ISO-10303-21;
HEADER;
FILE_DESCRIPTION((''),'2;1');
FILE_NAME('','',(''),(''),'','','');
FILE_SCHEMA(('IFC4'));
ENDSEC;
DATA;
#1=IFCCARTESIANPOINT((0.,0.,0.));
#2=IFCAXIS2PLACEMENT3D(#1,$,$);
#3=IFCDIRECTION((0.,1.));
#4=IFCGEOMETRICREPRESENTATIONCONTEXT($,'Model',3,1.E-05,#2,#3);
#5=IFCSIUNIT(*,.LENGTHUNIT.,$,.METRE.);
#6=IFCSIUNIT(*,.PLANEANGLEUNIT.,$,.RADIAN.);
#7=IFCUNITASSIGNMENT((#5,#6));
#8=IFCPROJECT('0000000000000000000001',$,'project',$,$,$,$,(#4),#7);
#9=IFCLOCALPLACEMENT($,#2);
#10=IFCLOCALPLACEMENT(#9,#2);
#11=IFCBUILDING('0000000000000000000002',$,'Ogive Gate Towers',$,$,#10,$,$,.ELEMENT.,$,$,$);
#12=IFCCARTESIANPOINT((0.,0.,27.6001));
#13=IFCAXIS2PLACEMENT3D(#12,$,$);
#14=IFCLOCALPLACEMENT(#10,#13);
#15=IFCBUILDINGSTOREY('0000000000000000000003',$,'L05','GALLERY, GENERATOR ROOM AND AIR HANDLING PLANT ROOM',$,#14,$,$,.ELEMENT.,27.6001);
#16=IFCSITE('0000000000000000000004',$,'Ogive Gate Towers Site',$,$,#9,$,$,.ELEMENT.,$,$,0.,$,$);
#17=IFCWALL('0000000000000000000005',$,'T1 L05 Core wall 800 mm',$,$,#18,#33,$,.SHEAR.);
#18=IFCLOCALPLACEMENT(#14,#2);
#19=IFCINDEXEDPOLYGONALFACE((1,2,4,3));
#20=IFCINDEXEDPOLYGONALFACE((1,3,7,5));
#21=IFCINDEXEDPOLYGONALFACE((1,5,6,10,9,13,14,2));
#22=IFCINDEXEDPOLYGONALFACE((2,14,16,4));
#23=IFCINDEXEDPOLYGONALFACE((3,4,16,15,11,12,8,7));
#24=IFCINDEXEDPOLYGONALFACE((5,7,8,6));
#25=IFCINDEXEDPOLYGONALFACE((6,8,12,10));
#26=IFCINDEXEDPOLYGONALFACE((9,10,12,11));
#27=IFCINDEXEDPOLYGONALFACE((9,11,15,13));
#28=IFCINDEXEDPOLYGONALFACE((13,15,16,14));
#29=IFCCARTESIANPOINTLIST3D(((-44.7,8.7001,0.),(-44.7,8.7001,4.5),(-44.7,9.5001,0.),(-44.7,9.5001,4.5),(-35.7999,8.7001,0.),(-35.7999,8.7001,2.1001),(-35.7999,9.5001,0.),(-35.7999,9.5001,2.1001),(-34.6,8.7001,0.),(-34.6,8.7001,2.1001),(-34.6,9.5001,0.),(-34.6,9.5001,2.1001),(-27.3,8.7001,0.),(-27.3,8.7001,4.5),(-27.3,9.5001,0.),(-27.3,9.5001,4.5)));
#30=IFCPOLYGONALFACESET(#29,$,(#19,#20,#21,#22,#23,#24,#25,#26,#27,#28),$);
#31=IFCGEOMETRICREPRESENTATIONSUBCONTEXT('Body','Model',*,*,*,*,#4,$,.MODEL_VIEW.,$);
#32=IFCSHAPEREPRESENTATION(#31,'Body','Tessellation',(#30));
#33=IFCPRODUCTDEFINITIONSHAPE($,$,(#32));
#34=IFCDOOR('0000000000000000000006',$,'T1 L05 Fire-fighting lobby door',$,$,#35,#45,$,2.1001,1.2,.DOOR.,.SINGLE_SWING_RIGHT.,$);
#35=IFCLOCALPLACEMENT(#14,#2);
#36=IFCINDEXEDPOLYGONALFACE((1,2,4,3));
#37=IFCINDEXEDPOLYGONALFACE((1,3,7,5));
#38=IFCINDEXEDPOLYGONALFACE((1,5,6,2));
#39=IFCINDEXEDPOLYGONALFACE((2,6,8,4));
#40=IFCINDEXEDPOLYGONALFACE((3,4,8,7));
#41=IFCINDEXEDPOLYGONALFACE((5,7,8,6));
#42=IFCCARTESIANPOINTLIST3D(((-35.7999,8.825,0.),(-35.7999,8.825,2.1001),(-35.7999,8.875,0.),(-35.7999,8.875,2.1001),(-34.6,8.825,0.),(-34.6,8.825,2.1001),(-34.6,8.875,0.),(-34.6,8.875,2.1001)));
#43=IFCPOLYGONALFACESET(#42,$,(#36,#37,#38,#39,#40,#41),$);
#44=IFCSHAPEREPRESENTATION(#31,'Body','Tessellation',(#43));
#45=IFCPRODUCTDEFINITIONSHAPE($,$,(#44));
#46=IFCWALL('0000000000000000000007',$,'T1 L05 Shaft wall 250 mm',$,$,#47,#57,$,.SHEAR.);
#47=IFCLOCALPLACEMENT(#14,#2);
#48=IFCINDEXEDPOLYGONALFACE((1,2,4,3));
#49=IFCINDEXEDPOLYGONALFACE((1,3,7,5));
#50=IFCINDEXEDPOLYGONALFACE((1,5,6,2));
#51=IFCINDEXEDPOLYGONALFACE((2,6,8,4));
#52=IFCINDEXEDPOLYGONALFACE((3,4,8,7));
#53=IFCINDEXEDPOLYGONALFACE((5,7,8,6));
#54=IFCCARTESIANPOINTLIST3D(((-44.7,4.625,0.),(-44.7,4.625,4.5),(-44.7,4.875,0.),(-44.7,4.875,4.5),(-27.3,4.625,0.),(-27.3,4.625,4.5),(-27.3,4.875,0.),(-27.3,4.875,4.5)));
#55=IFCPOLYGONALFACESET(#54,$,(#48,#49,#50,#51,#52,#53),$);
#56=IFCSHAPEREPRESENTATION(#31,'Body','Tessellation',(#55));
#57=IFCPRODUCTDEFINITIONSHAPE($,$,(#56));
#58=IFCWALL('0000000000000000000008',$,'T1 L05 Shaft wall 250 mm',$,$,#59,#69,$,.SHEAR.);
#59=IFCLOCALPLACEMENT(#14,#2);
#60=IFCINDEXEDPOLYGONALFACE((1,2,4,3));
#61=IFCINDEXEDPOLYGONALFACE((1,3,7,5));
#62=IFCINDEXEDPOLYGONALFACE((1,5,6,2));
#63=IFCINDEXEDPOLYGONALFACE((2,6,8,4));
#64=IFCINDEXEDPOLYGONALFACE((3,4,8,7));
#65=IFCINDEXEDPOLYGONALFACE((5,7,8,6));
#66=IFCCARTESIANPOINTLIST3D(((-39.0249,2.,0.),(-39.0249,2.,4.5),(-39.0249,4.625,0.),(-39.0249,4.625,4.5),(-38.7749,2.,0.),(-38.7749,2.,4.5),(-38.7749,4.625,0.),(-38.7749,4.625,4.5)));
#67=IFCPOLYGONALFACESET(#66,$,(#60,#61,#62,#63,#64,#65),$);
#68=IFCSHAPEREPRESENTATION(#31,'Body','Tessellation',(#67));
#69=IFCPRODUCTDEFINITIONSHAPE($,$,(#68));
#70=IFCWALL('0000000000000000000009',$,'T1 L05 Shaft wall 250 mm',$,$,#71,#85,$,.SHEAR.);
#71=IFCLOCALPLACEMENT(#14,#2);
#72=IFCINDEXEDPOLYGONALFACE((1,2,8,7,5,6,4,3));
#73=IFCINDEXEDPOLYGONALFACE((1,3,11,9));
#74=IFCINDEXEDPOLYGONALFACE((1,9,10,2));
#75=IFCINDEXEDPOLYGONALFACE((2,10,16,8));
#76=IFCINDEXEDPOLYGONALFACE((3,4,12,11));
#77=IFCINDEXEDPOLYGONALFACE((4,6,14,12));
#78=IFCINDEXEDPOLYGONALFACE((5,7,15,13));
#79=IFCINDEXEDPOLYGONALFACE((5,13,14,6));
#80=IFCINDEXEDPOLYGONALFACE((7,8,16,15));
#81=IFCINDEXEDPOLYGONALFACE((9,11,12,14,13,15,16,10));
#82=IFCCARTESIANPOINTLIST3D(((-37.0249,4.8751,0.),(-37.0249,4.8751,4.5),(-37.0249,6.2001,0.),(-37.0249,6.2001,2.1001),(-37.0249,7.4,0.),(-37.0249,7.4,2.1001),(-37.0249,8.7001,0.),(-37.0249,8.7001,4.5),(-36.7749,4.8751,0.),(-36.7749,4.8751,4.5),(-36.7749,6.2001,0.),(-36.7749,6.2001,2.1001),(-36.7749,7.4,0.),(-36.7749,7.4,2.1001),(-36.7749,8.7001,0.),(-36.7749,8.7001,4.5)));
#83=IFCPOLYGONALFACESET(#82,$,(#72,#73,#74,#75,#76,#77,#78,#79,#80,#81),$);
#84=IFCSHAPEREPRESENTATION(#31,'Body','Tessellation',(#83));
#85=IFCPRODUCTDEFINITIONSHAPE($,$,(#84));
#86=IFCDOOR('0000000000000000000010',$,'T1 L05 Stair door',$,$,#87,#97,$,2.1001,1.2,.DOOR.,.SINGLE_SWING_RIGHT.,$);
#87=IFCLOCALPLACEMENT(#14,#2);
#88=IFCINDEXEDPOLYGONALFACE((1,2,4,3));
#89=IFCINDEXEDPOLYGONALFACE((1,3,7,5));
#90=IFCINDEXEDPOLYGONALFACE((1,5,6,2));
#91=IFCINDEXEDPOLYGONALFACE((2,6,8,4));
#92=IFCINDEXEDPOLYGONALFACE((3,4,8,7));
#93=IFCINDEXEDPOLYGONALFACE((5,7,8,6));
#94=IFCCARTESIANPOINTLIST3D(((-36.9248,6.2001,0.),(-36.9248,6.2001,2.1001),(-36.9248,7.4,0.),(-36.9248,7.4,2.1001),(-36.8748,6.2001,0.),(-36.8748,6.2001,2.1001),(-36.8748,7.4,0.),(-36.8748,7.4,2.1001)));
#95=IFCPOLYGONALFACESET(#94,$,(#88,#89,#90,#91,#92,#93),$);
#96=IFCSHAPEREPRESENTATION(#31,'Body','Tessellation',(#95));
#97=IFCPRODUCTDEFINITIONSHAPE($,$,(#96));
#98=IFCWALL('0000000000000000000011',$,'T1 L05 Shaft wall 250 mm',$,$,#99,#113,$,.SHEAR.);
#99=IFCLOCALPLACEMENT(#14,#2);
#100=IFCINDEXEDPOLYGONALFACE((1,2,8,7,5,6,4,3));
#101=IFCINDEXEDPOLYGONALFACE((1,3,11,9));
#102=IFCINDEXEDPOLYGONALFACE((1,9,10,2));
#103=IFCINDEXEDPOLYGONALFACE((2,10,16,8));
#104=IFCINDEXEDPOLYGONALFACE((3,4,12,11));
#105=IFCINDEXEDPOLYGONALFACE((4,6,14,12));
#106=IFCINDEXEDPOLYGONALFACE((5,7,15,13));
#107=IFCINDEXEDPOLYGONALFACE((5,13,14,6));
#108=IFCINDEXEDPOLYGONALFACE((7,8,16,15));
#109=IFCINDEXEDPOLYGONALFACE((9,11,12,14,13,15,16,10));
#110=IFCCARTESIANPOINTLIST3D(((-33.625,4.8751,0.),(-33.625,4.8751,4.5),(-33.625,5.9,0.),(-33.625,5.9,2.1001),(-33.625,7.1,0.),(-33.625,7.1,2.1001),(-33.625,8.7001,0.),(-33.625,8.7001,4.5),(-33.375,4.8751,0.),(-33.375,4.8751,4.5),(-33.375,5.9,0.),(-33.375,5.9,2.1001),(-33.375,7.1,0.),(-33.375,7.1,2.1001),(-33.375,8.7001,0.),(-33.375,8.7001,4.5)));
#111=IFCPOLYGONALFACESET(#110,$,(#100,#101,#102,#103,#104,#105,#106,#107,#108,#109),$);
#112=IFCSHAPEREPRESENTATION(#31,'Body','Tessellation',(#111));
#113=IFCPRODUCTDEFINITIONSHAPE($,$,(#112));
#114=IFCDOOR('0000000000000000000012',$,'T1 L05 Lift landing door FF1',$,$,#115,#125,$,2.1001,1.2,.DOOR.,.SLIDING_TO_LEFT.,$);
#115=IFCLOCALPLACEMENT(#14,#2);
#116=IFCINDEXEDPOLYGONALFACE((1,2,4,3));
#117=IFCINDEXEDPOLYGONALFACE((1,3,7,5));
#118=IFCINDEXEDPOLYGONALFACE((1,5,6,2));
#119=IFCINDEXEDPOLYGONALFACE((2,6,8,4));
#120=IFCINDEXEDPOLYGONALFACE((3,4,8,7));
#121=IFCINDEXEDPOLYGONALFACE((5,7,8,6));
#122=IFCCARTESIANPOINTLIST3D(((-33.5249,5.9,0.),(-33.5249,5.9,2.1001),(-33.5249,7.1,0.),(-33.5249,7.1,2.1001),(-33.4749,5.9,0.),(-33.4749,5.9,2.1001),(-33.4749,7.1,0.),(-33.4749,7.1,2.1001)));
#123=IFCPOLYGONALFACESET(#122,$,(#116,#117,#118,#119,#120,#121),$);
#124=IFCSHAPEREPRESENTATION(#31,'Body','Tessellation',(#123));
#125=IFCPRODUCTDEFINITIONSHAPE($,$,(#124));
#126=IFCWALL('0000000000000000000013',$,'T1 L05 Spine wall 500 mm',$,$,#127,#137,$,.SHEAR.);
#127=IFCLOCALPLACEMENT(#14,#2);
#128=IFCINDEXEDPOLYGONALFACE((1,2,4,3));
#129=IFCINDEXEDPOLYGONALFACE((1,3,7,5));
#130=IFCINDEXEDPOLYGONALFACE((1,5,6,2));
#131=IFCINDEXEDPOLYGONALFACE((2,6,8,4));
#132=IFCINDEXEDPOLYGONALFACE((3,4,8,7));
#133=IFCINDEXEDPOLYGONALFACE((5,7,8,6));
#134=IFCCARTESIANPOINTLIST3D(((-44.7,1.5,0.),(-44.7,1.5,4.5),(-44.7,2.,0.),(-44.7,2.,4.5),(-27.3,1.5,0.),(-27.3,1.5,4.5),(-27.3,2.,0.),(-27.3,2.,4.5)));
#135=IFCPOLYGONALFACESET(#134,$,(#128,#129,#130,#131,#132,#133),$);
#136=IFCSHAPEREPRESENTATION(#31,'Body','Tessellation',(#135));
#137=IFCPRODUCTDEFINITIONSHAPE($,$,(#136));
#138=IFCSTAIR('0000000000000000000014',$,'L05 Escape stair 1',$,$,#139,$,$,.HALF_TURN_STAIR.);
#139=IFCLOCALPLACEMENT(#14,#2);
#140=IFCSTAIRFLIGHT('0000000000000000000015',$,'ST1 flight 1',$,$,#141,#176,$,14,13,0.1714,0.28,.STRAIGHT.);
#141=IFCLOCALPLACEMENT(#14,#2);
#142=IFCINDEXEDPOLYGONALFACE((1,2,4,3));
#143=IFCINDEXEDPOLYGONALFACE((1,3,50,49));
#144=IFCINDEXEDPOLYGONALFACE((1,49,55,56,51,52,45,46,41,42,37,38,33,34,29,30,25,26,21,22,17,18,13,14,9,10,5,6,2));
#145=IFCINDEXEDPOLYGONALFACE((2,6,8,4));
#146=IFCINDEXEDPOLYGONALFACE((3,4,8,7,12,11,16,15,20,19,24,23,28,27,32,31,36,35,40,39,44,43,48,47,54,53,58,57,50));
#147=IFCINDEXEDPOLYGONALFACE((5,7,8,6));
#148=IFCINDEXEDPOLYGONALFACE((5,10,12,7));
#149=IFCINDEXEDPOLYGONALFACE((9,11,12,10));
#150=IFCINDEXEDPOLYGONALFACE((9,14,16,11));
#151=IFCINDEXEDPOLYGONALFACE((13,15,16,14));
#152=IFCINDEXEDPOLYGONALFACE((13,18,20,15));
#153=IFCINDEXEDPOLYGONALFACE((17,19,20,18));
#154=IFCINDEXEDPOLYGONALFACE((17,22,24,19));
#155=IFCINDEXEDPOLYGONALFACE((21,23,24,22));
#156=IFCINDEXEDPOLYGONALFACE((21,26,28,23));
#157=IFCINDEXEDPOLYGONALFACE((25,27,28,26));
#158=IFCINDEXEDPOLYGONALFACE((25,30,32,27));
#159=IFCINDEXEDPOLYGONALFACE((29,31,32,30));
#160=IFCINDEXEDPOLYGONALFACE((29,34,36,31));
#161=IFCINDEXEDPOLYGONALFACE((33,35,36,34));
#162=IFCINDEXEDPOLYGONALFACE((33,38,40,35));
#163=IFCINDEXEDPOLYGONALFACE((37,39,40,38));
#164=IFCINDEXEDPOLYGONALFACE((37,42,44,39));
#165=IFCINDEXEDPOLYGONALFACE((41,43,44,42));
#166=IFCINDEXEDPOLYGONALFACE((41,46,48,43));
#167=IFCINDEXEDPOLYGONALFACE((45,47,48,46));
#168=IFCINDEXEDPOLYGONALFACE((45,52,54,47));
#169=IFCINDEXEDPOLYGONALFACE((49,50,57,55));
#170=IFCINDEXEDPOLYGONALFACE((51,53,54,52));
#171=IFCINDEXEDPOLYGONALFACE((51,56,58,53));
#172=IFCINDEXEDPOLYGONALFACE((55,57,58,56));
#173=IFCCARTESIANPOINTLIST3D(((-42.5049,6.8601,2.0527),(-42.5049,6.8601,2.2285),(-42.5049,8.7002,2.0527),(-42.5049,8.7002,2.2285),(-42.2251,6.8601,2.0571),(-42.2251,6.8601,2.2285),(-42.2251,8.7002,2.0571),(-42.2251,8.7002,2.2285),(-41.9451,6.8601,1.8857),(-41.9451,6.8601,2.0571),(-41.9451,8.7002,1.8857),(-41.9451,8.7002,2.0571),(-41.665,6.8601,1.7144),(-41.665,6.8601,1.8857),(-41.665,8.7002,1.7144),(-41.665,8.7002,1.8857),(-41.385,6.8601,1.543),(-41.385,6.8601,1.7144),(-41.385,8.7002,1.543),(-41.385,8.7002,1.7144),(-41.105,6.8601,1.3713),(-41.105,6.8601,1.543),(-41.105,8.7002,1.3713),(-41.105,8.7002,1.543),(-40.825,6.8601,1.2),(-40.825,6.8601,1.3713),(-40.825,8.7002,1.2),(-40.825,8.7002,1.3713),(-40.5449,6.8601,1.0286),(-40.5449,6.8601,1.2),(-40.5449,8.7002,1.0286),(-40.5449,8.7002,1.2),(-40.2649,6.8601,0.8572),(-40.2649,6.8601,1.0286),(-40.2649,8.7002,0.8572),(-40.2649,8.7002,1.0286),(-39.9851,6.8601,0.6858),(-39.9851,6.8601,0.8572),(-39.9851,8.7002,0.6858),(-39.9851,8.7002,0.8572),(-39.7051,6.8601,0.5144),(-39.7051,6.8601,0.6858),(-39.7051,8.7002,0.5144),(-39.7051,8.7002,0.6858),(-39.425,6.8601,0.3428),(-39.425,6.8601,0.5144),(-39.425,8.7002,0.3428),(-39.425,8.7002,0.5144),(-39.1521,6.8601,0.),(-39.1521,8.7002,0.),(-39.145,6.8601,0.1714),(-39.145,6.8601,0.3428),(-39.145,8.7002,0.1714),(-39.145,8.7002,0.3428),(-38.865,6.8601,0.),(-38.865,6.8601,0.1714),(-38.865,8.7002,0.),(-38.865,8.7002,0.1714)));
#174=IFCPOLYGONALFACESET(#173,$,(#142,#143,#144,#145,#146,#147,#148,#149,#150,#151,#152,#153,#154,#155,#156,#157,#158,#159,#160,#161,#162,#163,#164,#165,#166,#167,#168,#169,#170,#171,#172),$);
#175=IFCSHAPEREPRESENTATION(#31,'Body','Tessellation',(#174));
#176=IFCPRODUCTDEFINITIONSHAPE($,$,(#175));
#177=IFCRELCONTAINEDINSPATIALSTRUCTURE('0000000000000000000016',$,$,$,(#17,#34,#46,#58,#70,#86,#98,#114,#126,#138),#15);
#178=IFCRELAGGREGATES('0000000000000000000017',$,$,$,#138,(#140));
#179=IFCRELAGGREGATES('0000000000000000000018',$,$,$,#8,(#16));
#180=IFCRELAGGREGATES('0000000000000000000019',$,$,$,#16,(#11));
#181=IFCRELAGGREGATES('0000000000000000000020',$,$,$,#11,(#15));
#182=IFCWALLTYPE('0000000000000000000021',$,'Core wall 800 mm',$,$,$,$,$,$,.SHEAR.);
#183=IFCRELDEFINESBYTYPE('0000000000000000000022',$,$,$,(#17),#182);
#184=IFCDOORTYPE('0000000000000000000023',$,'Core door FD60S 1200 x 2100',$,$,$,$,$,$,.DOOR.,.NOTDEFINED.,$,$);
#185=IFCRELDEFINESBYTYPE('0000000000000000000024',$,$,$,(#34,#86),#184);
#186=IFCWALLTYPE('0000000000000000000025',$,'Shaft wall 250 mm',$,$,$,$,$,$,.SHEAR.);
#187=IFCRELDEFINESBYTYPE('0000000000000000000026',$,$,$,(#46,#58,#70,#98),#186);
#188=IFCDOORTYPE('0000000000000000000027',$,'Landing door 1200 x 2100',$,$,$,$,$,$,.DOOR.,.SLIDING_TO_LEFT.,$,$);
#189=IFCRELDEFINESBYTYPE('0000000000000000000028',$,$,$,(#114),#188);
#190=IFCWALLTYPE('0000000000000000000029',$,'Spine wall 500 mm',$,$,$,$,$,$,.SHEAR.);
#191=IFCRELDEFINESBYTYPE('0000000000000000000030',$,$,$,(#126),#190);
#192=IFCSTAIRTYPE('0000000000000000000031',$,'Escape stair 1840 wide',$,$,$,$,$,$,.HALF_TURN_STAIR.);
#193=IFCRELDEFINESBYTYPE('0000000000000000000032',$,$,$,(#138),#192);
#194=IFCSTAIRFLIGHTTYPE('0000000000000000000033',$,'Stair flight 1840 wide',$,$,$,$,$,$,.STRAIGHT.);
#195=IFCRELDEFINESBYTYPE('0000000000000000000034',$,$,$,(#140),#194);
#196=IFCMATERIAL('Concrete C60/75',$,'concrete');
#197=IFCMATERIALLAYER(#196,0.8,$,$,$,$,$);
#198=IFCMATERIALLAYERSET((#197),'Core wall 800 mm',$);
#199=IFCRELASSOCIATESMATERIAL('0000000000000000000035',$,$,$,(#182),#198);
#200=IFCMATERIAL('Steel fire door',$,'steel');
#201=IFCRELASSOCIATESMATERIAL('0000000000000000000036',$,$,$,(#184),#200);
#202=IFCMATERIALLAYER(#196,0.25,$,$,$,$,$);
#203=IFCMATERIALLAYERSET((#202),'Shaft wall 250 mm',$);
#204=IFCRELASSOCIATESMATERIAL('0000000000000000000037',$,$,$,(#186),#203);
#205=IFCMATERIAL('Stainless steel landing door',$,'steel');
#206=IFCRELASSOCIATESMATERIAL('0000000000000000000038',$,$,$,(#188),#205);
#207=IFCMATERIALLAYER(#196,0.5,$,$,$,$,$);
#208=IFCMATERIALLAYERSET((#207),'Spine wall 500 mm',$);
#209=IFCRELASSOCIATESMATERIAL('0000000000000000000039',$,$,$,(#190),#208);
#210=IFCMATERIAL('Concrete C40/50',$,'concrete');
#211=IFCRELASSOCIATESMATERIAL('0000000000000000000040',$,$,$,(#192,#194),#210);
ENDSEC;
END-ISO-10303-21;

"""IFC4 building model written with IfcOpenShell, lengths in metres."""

from ifc_helpers import new_model, si_unit, direction, frame, frame_2d, origin, place, context, subcontext, project, spatial, polyline, rectangle, outline, extrude, material, layer, layer_set, type_object, element, fill, aggregate, save


model = new_model("IFC4")

# Units and contexts
model_context = context("Model", 3, precision=1e-05, world=origin(), true_north=direction((0.0, 1.0)))
body_context = subcontext(model_context, "Body", "Model", "MODEL_VIEW")
ifc_project = project(units=[si_unit("LENGTHUNIT", "METRE"), si_unit("PLANEANGLEUNIT", "RADIAN")], contexts=[model_context])

# Site, building, storey
site_placement = place(None, origin())
site = spatial("IfcSite", under=ifc_project, at=site_placement, Name="Ogive Gate Towers Site", CompositionType="ELEMENT", RefElevation=0.0)
building_placement = place(site_placement, origin())
building = spatial("IfcBuilding", under=site, at=building_placement, Name="Ogive Gate Towers", CompositionType="ELEMENT")
storey_placement = place(building_placement, frame((0.0, 0.0, 27.6001)))
storey = spatial("IfcBuildingStorey", under=building, at=storey_placement, Name="L05", Description="GALLERY, GENERATOR ROOM AND AIR HANDLING PLANT ROOM", CompositionType="ELEMENT", Elevation=27.6001)

# Wall, opening, door
ifc_material_1 = material(Name="Steel fire door", Category="steel")
ifc_material_2 = material(Name="Concrete C60/75", Category="concrete")
ifc_layer_1 = layer(ifc_material_2, 0.8)
ifc_layer_set_1 = layer_set([ifc_layer_1], Name="Core wall 800 mm")
wall_type_1 = type_object("IfcWallType", Name="Core wall 800 mm", PredefinedType="SHEAR", material=ifc_layer_set_1)
wall_1_placement = place(storey_placement, frame((-44.7, 9.1001, 0.0), z_axis=(0.0, 0.0, 1.0), x_axis=(1.0, 0.0, 0.0)))
wall_1 = element("IfcWall", 1, at=wall_1_placement, inside=storey, type_object=wall_type_1, Name="T1 L05 Core wall 800 mm", PredefinedType="SHEAR", context=body_context, shape_type="SweptSolid", body=[
    extrude(rectangle(XDim=17.3999, YDim=0.8, at=frame_2d((8.7, 0.0))), origin(), (0.0, 0.0, 1.0), 4.5),
])
opening_1_placement = place(wall_1_placement, frame((8.8999, 0.0, 0.0)))
opening_1 = element("IfcOpeningElement", 2, at=opening_1_placement, cuts=wall_1, PredefinedType="OPENING", context=body_context, shape_type="SweptSolid", body=[
    extrude(rectangle(XDim=1.2, YDim=2.1001, at=frame_2d((0.6001, 1.05))), frame((0.0, 0.4102, 0.0), z_axis=(0.0, -1.0, 0.0), x_axis=(1.0, 0.0, 0.0)), (0.0, 0.0, 1.0), 0.8201),
])
door_type_1 = type_object("IfcDoorType", Name="Core door FD60S 1200 x 2100", OperationType="NOTDEFINED", PredefinedType="DOOR", material=ifc_material_1)
door_1_placement = place(opening_1_placement, origin())
door_1 = element("IfcDoor", 3, at=door_1_placement, inside=storey, type_object=door_type_1, Name="T1 L05 Fire-fighting lobby door", OperationType="SINGLE_SWING_RIGHT", OverallHeight=2.1001, OverallWidth=1.2, PredefinedType="DOOR", context=body_context, shape_type="SweptSolid", body=[
    extrude(rectangle(XDim=1.2, YDim=2.1001, at=frame_2d((0.6001, 1.05))), frame((0.0, -0.2251, 0.0), z_axis=(0.0, -1.0, 0.0), x_axis=(1.0, 0.0, 0.0)), (0.0, 0.0, 1.0), 0.05),
])
fill(opening_1, door_1)

# Walls
ifc_layer_2 = layer(ifc_material_2, 0.25)
ifc_layer_set_2 = layer_set([ifc_layer_2], Name="Shaft wall 250 mm")
wall_type_2 = type_object("IfcWallType", Name="Shaft wall 250 mm", PredefinedType="SHEAR", material=ifc_layer_set_2)
wall_2_placement = place(storey_placement, frame((-44.7, 4.75, 0.0), z_axis=(0.0, 0.0, 1.0), x_axis=(1.0, 0.0, 0.0)))
element("IfcWall", 4, at=wall_2_placement, inside=storey, type_object=wall_type_2, Name="T1 L05 Shaft wall 250 mm", PredefinedType="SHEAR", context=body_context, shape_type="SweptSolid", body=[
    extrude(rectangle(XDim=17.3999, YDim=0.25, at=frame_2d((8.7, 0.0))), origin(), (0.0, 0.0, 1.0), 4.5),
])
wall_3_placement = place(storey_placement, frame((-38.8999, 2.0, 0.0), z_axis=(0.0, 0.0, 1.0), x_axis=(0.0, 1.0, 0.0)))
element("IfcWall", 5, at=wall_3_placement, inside=storey, type_object=wall_type_2, Name="T1 L05 Shaft wall 250 mm", PredefinedType="SHEAR", context=body_context, shape_type="SweptSolid", body=[
    extrude(rectangle(XDim=2.625, YDim=0.25, at=frame_2d((1.3125, 0.0))), origin(), (0.0, 0.0, 1.0), 4.5),
])

# Walls, openings, doors
wall_4_placement = place(storey_placement, frame((-36.8999, 4.875, 0.0), z_axis=(0.0, 0.0, 1.0), x_axis=(0.0, 1.0, 0.0)))
wall_4 = element("IfcWall", 6, at=wall_4_placement, inside=storey, type_object=wall_type_2, Name="T1 L05 Shaft wall 250 mm", PredefinedType="SHEAR", context=body_context, shape_type="SweptSolid", body=[
    extrude(rectangle(XDim=3.825, YDim=0.25, at=frame_2d((1.9126, 0.0))), origin(), (0.0, 0.0, 1.0), 4.5),
])
opening_2_placement = place(wall_4_placement, frame((1.325, 0.0, 0.0)))
opening_2 = element("IfcOpeningElement", 7, at=opening_2_placement, cuts=wall_4, PredefinedType="OPENING", context=body_context, shape_type="SweptSolid", body=[
    extrude(rectangle(XDim=1.2, YDim=2.1001, at=frame_2d((0.6001, 1.05))), frame((0.0, 0.135, 0.0), z_axis=(0.0, -1.0, 0.0), x_axis=(1.0, 0.0, 0.0)), (0.0, 0.0, 1.0), 0.27),
])
door_2_placement = place(opening_2_placement, origin())
door_2 = element("IfcDoor", 8, at=door_2_placement, inside=storey, type_object=door_type_1, Name="T1 L05 Stair door", OperationType="SINGLE_SWING_RIGHT", OverallHeight=2.1001, OverallWidth=1.2, PredefinedType="DOOR", context=body_context, shape_type="SweptSolid", body=[
    extrude(rectangle(XDim=1.2, YDim=2.1001, at=frame_2d((0.6001, 1.05))), frame((0.0, 0.0249, 0.0), z_axis=(0.0, -1.0, 0.0), x_axis=(1.0, 0.0, 0.0)), (0.0, 0.0, 1.0), 0.05),
])
fill(opening_2, door_2)
wall_5_placement = place(storey_placement, frame((-33.5, 4.875, 0.0), z_axis=(0.0, 0.0, 1.0), x_axis=(0.0, 1.0, 0.0)))
wall_5 = element("IfcWall", 9, at=wall_5_placement, inside=storey, type_object=wall_type_2, Name="T1 L05 Shaft wall 250 mm", PredefinedType="SHEAR", context=body_context, shape_type="SweptSolid", body=[
    extrude(rectangle(XDim=3.825, YDim=0.25, at=frame_2d((1.9126, 0.0))), origin(), (0.0, 0.0, 1.0), 4.5),
])
opening_3_placement = place(wall_5_placement, frame((1.0249, 0.0, 0.0)))
opening_3 = element("IfcOpeningElement", 10, at=opening_3_placement, cuts=wall_5, PredefinedType="OPENING", context=body_context, shape_type="SweptSolid", body=[
    extrude(rectangle(XDim=1.2, YDim=2.1001, at=frame_2d((0.6001, 1.05))), frame((0.0, 0.135, 0.0), z_axis=(0.0, -1.0, 0.0), x_axis=(1.0, 0.0, 0.0)), (0.0, 0.0, 1.0), 0.27),
])
ifc_material_3 = material(Name="Stainless steel landing door", Category="steel")
door_type_2 = type_object("IfcDoorType", Name="Landing door 1200 x 2100", OperationType="SLIDING_TO_LEFT", PredefinedType="DOOR", material=ifc_material_3)
door_3_placement = place(opening_3_placement, origin())
door_3 = element("IfcDoor", 11, at=door_3_placement, inside=storey, type_object=door_type_2, Name="T1 L05 Lift landing door FF1", OperationType="SLIDING_TO_LEFT", OverallHeight=2.1001, OverallWidth=1.2, PredefinedType="DOOR", context=body_context, shape_type="SweptSolid", body=[
    extrude(rectangle(XDim=1.2, YDim=2.1001, at=frame_2d((0.6001, 1.05))), frame((0.0, 0.0249, 0.0), z_axis=(0.0, -1.0, 0.0), x_axis=(1.0, 0.0, 0.0)), (0.0, 0.0, 1.0), 0.05),
])
fill(opening_3, door_3)

# Wall
ifc_layer_3 = layer(ifc_material_2, 0.5)
ifc_layer_set_3 = layer_set([ifc_layer_3], Name="Spine wall 500 mm")
wall_type_3 = type_object("IfcWallType", Name="Spine wall 500 mm", PredefinedType="SHEAR", material=ifc_layer_set_3)
wall_6_placement = place(storey_placement, frame((-44.7, 1.75, 0.0), z_axis=(0.0, 0.0, 1.0), x_axis=(1.0, 0.0, 0.0)))
element("IfcWall", 12, at=wall_6_placement, inside=storey, type_object=wall_type_3, Name="T1 L05 Spine wall 500 mm", PredefinedType="SHEAR", context=body_context, shape_type="SweptSolid", body=[
    extrude(rectangle(XDim=17.3999, YDim=0.5, at=frame_2d((8.7, 0.0))), origin(), (0.0, 0.0, 1.0), 4.5),
])

# Stair, stair flight
ifc_material_4 = material(Name="Concrete C40/50", Category="concrete")
stair_type = type_object("IfcStairType", Name="Escape stair 1840 wide", PredefinedType="HALF_TURN_STAIR", material=ifc_material_4)
stair_placement = place(storey_placement, origin())
stair = element("IfcStair", 13, at=stair_placement, inside=storey, type_object=stair_type, Name="L05 Escape stair 1", PredefinedType="HALF_TURN_STAIR")
stair_flight_type = type_object("IfcStairFlightType", Name="Stair flight 1840 wide", PredefinedType="STRAIGHT", material=ifc_material_4)
stair_flight_1_placement = place(storey_placement, frame((-38.865, 7.78, 0.0), z_axis=(0.0, 0.0, 1.0), x_axis=(-1.0, 0.0, 0.0)))
stair_flight_1 = element("IfcStairFlight", 14, at=stair_flight_1_placement, type_object=stair_flight_type, Name="ST1 flight 1", NumberOfRisers=14, NumberOfTreads=13, PredefinedType="STRAIGHT", RiserHeight=0.1714, TreadLength=0.28, context=body_context, shape_type="SweptSolid", body=[
    extrude(outline(polyline([(0.0, 0.0), (0.0, 0.1714), (0.28, 0.1714), (0.28, 0.3428), (0.5601, 0.3428), (0.5601, 0.5144), (0.8401, 0.5144), (0.8401, 0.6858), (1.1201, 0.6858), (1.1201, 0.8572), (1.3999, 0.8572), (1.3999, 1.0286), (1.6799, 1.0286), (1.6799, 1.2), (1.96, 1.2), (1.96, 1.3713), (2.24, 1.3713), (2.24, 1.543), (2.52, 1.543), (2.52, 1.7144), (2.8, 1.7144), (2.8, 1.8857), (3.0801, 1.8857), (3.0801, 2.0571), (3.3601, 2.0571), (3.3601, 2.2285), (3.6399, 2.2285), (3.6399, 2.3999), (3.6399, 2.0527), (0.2871, 0.0), (0.0, 0.0)])), frame((0.0, 0.9199, 0.0), z_axis=(0.0, -1.0, 0.0), x_axis=(1.0, 0.0, 0.0)), (0.0, 0.0, 1.0), 1.8401),
])
aggregate(stair, [stair_flight_1])

save(model, "model.ifc")
